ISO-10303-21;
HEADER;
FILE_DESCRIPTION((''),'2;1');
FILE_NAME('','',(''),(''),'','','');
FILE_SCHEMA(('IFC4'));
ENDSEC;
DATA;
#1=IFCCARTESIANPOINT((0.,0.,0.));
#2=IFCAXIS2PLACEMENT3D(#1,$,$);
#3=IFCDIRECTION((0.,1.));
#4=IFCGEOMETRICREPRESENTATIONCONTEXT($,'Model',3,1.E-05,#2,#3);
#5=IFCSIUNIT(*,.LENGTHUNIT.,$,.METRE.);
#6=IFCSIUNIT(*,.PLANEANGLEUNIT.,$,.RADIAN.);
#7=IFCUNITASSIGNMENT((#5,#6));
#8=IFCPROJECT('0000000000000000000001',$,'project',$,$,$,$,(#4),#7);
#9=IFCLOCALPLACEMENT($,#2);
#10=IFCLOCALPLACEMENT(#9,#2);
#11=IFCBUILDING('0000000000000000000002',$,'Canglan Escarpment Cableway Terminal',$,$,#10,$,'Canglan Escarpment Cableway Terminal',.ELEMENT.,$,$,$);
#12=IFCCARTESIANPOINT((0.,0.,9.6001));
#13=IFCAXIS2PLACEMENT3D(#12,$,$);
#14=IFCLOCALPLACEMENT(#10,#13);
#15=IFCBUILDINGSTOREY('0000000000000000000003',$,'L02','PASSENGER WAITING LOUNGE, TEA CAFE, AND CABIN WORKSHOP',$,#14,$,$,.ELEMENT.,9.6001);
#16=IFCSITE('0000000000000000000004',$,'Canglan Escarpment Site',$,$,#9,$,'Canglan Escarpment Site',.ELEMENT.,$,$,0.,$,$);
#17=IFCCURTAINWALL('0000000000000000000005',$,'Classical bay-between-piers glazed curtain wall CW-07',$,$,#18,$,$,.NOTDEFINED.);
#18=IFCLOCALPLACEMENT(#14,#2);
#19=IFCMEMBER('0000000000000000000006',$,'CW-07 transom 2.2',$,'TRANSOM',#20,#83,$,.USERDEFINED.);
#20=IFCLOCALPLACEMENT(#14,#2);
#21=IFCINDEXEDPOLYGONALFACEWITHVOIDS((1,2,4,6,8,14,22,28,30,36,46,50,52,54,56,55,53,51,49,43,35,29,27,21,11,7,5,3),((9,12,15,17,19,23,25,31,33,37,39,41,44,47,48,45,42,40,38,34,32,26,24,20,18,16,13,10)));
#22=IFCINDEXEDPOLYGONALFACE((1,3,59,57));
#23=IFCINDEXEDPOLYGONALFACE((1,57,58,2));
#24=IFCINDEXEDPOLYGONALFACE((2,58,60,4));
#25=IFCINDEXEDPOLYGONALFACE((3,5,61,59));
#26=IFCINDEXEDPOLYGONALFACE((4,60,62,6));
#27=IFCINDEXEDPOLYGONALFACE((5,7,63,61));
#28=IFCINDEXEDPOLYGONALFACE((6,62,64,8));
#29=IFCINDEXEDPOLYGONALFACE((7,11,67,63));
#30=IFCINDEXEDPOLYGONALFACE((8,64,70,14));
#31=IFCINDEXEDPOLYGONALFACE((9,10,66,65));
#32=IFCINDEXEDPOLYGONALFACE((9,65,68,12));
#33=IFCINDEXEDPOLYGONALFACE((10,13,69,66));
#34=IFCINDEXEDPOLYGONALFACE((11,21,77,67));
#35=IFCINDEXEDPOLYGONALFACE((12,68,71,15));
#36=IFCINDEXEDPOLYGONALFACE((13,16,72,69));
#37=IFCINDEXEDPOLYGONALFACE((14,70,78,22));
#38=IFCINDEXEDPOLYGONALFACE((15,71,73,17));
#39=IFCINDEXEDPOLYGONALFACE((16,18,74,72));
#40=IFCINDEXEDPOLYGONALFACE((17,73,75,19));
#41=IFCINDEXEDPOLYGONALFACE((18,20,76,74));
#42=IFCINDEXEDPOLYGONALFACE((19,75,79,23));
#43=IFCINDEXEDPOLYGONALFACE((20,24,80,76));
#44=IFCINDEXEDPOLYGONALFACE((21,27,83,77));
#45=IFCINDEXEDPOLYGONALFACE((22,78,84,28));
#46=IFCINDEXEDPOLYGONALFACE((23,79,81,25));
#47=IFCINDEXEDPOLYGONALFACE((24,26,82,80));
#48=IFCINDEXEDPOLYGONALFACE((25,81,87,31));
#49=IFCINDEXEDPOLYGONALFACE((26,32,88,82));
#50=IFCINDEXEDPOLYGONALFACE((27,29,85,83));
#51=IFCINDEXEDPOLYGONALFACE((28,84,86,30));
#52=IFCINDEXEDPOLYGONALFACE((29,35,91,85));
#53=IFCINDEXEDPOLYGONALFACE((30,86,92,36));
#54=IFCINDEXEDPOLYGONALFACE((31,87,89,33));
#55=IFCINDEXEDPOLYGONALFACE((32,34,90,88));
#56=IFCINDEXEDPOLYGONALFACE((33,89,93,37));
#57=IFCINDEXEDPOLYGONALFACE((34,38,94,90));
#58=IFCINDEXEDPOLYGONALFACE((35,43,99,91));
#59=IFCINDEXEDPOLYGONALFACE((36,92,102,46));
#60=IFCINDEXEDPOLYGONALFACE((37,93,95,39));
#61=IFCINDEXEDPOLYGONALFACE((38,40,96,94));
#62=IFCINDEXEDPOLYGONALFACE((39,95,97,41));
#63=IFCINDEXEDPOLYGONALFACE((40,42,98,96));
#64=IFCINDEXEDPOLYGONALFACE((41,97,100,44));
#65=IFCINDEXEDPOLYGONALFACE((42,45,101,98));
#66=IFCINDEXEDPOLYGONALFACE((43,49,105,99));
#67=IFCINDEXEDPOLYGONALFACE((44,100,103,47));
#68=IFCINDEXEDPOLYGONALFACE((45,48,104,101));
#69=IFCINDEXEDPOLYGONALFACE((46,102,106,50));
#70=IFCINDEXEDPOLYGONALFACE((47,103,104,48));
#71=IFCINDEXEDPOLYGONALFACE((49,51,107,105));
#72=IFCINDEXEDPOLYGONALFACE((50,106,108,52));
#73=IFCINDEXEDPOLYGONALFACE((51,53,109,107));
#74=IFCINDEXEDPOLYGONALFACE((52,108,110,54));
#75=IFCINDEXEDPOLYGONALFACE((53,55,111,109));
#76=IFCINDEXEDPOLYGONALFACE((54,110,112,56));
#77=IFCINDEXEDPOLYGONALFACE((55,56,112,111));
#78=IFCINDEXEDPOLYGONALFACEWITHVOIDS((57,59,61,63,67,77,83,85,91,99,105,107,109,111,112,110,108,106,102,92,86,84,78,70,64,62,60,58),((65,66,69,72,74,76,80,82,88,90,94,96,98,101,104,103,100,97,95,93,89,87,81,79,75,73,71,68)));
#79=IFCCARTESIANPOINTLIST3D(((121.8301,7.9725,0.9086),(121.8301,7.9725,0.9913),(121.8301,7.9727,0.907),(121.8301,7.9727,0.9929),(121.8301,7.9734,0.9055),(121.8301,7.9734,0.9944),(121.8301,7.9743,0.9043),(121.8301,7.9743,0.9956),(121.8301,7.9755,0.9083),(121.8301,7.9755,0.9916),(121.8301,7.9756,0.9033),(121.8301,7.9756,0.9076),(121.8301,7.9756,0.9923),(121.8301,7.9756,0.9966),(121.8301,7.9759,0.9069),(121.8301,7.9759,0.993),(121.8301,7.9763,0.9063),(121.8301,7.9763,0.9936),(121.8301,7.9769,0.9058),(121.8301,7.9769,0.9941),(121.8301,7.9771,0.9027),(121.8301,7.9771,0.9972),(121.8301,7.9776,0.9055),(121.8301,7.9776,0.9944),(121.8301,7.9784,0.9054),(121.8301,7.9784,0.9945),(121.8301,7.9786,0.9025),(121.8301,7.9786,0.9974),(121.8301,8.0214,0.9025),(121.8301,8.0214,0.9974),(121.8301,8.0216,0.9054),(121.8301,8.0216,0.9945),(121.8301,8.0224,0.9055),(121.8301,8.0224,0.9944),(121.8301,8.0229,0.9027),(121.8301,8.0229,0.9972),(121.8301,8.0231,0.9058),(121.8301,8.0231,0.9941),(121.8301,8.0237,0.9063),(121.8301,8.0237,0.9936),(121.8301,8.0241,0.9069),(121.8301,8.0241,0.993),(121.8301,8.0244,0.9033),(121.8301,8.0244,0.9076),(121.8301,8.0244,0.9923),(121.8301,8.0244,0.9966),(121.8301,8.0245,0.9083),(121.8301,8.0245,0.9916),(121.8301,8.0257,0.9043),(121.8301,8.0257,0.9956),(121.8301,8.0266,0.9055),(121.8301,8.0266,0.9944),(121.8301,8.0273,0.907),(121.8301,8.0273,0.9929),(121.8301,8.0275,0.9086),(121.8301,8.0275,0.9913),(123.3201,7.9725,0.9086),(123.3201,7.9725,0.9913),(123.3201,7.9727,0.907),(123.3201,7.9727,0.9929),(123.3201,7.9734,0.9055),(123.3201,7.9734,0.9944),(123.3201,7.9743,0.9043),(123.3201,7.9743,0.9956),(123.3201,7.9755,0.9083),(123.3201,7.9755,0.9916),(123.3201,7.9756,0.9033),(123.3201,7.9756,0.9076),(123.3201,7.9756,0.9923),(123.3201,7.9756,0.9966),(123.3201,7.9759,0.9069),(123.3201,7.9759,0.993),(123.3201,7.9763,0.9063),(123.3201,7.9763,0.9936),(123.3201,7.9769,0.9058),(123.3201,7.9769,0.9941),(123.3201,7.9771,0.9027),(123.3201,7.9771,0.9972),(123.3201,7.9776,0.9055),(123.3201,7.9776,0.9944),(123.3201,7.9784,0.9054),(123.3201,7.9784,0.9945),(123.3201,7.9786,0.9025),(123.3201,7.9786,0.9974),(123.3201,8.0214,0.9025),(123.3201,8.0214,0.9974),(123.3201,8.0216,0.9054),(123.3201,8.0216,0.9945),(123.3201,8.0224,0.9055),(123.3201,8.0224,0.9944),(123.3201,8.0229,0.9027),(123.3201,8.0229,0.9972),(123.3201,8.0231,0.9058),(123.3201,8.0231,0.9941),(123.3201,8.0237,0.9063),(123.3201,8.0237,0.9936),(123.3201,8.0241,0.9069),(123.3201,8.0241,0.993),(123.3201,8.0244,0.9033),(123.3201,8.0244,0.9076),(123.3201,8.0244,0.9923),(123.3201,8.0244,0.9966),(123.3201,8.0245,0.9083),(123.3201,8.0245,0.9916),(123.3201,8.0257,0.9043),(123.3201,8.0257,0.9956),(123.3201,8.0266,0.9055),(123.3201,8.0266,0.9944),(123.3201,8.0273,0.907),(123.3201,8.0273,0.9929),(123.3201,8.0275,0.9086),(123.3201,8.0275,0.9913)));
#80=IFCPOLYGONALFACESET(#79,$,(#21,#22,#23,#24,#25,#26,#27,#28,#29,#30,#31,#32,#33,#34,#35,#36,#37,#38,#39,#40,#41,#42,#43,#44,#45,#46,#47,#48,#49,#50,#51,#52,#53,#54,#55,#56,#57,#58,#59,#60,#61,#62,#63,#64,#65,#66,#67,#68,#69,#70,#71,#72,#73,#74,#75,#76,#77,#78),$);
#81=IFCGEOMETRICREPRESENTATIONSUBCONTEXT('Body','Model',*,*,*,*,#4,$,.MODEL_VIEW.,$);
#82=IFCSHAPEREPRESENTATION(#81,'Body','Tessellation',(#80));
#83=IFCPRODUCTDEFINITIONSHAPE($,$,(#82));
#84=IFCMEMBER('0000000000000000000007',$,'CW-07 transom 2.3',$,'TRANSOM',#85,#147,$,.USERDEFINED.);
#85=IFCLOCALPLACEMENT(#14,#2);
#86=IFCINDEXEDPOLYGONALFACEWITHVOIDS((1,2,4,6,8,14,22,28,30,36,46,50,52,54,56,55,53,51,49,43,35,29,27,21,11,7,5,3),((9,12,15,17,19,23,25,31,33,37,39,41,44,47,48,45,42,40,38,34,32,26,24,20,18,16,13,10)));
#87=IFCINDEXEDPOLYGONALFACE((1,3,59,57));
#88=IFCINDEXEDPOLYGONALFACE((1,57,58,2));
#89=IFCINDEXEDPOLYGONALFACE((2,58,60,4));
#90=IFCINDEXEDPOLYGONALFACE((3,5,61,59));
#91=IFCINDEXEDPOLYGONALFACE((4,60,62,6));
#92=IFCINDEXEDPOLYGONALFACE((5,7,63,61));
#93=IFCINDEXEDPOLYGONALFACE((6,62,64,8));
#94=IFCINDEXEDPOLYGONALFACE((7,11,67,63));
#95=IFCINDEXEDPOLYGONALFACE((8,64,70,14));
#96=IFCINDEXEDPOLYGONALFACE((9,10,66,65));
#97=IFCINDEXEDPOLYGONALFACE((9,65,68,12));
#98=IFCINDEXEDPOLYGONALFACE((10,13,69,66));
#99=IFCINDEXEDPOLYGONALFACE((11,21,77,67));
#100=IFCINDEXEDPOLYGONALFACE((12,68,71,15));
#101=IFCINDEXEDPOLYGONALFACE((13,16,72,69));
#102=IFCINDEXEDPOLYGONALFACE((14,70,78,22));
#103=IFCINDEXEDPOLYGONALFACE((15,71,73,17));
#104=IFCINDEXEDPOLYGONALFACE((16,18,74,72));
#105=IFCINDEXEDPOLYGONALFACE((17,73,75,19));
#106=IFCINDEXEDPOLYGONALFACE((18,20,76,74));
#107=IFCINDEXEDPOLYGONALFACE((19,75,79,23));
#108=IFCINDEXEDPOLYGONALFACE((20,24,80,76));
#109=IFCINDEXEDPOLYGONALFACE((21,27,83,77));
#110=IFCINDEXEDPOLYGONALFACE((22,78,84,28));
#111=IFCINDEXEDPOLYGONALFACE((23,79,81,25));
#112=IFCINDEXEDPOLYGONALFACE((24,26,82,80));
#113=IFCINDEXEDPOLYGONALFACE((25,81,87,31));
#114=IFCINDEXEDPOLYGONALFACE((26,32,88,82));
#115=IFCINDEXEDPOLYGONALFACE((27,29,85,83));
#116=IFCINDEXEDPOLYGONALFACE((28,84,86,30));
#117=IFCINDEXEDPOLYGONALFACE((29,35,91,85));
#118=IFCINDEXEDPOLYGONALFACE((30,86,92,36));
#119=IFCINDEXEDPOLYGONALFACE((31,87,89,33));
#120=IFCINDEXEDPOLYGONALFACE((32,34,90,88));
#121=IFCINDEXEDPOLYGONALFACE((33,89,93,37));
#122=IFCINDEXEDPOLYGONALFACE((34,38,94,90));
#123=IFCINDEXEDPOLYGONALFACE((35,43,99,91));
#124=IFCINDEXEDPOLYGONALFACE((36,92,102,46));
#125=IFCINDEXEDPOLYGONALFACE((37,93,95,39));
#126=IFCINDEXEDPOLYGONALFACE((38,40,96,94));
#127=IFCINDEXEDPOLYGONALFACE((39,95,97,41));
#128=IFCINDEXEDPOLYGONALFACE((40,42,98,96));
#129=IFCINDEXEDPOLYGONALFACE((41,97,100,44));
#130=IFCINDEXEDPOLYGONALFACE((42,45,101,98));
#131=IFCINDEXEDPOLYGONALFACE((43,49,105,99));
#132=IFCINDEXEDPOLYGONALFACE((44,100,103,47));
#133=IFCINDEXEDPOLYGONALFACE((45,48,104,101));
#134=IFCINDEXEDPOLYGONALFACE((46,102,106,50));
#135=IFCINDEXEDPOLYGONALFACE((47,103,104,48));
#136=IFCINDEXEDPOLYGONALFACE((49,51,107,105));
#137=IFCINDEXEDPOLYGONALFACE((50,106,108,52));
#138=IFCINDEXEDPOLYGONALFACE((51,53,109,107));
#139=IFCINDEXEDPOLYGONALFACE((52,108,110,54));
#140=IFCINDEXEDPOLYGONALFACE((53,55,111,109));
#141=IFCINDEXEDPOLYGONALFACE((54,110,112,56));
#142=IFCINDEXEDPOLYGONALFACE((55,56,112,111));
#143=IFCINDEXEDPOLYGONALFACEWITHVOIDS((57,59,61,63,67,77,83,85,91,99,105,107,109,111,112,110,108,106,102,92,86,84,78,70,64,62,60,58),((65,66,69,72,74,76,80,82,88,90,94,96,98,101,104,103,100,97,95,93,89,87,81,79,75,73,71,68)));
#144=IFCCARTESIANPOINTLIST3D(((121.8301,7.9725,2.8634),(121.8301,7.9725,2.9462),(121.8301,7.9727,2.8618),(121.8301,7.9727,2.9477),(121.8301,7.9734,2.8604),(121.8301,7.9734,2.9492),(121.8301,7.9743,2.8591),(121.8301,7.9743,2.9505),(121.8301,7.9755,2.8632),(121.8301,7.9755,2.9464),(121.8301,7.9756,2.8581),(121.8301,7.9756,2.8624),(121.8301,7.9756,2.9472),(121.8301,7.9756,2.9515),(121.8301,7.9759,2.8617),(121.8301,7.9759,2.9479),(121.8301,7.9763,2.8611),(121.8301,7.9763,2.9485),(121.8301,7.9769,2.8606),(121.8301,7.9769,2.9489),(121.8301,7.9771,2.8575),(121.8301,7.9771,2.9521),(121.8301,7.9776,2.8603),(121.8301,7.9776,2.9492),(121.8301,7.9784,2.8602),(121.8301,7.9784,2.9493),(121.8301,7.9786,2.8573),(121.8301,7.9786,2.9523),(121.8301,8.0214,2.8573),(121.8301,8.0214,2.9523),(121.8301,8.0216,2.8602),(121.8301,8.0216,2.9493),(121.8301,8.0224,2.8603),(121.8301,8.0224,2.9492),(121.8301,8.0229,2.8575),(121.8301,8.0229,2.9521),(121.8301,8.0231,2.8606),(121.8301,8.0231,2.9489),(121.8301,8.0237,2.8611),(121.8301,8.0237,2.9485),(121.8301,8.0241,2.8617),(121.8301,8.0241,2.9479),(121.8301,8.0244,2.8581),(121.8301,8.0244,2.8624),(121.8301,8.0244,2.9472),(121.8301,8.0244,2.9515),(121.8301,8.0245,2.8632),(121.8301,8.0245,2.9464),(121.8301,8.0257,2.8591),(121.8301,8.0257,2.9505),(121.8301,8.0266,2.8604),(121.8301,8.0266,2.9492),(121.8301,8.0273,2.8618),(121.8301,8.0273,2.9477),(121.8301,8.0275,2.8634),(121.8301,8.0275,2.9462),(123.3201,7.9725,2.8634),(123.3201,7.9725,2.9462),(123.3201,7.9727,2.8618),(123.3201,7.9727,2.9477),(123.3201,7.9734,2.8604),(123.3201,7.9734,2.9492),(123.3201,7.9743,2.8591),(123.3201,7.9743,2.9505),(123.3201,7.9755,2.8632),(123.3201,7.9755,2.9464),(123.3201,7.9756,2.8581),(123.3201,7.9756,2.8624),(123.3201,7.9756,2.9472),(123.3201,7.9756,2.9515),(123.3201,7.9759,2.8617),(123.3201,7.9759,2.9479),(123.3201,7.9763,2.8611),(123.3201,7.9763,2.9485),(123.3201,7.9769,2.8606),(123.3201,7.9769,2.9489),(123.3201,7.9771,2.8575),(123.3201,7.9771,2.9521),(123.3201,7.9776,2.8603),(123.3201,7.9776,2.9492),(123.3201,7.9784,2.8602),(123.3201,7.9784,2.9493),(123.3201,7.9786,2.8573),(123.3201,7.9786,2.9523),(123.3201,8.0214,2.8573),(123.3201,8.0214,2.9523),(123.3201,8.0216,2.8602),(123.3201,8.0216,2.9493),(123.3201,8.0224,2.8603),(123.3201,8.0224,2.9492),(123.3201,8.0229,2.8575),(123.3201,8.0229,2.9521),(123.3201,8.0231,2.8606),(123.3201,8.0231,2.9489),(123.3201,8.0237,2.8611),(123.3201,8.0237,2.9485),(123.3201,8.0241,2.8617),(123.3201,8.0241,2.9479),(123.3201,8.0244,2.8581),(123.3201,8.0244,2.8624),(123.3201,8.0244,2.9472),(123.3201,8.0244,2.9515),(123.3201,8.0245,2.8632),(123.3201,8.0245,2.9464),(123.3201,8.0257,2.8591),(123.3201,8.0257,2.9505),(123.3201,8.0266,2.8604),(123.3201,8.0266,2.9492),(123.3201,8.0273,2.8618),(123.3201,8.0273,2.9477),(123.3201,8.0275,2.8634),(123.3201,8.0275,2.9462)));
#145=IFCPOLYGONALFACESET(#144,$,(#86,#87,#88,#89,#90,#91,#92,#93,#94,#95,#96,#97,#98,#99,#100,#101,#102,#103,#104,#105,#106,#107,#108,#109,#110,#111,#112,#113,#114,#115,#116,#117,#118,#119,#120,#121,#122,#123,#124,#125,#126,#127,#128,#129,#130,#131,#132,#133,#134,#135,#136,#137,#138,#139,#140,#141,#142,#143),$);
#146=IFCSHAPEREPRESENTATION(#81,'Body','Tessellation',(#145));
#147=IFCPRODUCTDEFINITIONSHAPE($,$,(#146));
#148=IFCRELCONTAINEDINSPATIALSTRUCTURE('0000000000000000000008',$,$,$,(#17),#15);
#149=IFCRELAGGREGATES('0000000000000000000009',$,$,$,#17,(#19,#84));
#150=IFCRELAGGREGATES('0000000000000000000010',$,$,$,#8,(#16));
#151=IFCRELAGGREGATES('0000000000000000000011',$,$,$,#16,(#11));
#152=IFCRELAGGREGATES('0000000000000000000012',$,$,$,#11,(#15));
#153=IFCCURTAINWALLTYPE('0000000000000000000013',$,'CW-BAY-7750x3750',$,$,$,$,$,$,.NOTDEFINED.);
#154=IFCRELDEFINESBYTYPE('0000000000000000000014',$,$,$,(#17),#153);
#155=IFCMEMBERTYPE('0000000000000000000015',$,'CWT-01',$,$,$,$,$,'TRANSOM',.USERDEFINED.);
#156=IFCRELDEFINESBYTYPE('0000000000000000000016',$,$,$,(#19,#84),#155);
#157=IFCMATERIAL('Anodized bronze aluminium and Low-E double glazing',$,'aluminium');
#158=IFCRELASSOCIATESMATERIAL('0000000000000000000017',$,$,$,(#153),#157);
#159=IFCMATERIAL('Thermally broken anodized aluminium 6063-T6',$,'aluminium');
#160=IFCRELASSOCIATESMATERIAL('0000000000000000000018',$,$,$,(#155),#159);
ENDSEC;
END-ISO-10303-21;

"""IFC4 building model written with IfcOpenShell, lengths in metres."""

from ifc_helpers import new_model, si_unit, direction, frame, origin, origin_2d, place, context, subcontext, project, spatial, hollow_rectangle, extrude, material, material_profile, profile_set, type_object, element, aggregate, save


model = new_model("IFC4")

# Units and contexts
model_context = context("Model", 3, precision=1e-05, world=origin(), true_north=direction((0.0, 1.0)))
body_context = subcontext(model_context, "Body", "Model", "MODEL_VIEW")
ifc_project = project(units=[si_unit("LENGTHUNIT", "METRE"), si_unit("PLANEANGLEUNIT", "RADIAN")], contexts=[model_context])

# Site, building, storey
site_placement = place(None, origin())
site = spatial("IfcSite", under=ifc_project, at=site_placement, Name="Canglan Escarpment Site", LongName="Canglan Escarpment Site", CompositionType="ELEMENT", RefElevation=0.0)
building_placement = place(site_placement, origin())
building = spatial("IfcBuilding", under=site, at=building_placement, Name="Canglan Escarpment Cableway Terminal", LongName="Canglan Escarpment Cableway Terminal", CompositionType="ELEMENT")
storey_placement = place(building_placement, frame((0.0, 0.0, 9.6001)))
storey = spatial("IfcBuildingStorey", under=building, at=storey_placement, Name="L02", Description="PASSENGER WAITING LOUNGE, TEA CAFE, AND CABIN WORKSHOP", CompositionType="ELEMENT", Elevation=9.6001)

# Curtain wall, members
ifc_material_1 = material(Name="Anodized bronze aluminium and Low-E double glazing", Category="aluminium")
curtain_wall_type = type_object("IfcCurtainWallType", Name="CW-BAY-7750x3750", PredefinedType="NOTDEFINED", material=ifc_material_1)
curtain_wall_placement = place(storey_placement, origin())
curtain_wall = element("IfcCurtainWall", 1, at=curtain_wall_placement, inside=storey, type_object=curtain_wall_type, Name="Classical bay-between-piers glazed curtain wall CW-07", PredefinedType="NOTDEFINED")
ifc_material_2 = material(Name="Thermally broken anodized aluminium 6063-T6", Category="aluminium")
ifc_material_profile_1 = material_profile(ifc_material_2, hollow_rectangle(XDim=0.0549, YDim=0.095, WallThickness=0.0029, InnerFilletRadius=0.0029, OuterFilletRadius=0.0061, at=origin_2d()), Name="ALU-TRAN 55x95x3")
ifc_profile_set_1 = profile_set([ifc_material_profile_1], Name="Thermally broken anodized aluminium 6063-T6")
member_type_1 = type_object("IfcMemberType", Name="CWT-01", ElementType="TRANSOM", PredefinedType="USERDEFINED", material=ifc_profile_set_1)
member_1_placement = place(storey_placement, frame((121.8301, 8.0, 0.95), z_axis=(1.0, 0.0, 0.0), x_axis=(0.0, 1.0, 0.0)))
member_1 = element("IfcMember", 2, at=member_1_placement, type_object=member_type_1, Name="CW-07 transom 2.2", ObjectType="TRANSOM", PredefinedType="USERDEFINED", context=body_context, shape_type="SweptSolid", body=[
    extrude(hollow_rectangle(XDim=0.0549, YDim=0.095, WallThickness=0.0029, InnerFilletRadius=0.0029, OuterFilletRadius=0.0061, at=origin_2d()), origin(), (0.0, 0.0, 1.0), 1.49),
])
member_2_placement = place(storey_placement, frame((121.8301, 8.0, 2.9048), z_axis=(1.0, 0.0, 0.0), x_axis=(0.0, 1.0, 0.0)))
member_2 = element("IfcMember", 3, at=member_2_placement, type_object=member_type_1, Name="CW-07 transom 2.3", ObjectType="TRANSOM", PredefinedType="USERDEFINED", context=body_context, shape_type="SweptSolid", body=[
    extrude(hollow_rectangle(XDim=0.0549, YDim=0.095, WallThickness=0.0029, InnerFilletRadius=0.0029, OuterFilletRadius=0.0061, at=origin_2d()), origin(), (0.0, 0.0, 1.0), 1.49),
])

aggregate(curtain_wall, [member_1, member_2])

save(model, "model.ifc")
